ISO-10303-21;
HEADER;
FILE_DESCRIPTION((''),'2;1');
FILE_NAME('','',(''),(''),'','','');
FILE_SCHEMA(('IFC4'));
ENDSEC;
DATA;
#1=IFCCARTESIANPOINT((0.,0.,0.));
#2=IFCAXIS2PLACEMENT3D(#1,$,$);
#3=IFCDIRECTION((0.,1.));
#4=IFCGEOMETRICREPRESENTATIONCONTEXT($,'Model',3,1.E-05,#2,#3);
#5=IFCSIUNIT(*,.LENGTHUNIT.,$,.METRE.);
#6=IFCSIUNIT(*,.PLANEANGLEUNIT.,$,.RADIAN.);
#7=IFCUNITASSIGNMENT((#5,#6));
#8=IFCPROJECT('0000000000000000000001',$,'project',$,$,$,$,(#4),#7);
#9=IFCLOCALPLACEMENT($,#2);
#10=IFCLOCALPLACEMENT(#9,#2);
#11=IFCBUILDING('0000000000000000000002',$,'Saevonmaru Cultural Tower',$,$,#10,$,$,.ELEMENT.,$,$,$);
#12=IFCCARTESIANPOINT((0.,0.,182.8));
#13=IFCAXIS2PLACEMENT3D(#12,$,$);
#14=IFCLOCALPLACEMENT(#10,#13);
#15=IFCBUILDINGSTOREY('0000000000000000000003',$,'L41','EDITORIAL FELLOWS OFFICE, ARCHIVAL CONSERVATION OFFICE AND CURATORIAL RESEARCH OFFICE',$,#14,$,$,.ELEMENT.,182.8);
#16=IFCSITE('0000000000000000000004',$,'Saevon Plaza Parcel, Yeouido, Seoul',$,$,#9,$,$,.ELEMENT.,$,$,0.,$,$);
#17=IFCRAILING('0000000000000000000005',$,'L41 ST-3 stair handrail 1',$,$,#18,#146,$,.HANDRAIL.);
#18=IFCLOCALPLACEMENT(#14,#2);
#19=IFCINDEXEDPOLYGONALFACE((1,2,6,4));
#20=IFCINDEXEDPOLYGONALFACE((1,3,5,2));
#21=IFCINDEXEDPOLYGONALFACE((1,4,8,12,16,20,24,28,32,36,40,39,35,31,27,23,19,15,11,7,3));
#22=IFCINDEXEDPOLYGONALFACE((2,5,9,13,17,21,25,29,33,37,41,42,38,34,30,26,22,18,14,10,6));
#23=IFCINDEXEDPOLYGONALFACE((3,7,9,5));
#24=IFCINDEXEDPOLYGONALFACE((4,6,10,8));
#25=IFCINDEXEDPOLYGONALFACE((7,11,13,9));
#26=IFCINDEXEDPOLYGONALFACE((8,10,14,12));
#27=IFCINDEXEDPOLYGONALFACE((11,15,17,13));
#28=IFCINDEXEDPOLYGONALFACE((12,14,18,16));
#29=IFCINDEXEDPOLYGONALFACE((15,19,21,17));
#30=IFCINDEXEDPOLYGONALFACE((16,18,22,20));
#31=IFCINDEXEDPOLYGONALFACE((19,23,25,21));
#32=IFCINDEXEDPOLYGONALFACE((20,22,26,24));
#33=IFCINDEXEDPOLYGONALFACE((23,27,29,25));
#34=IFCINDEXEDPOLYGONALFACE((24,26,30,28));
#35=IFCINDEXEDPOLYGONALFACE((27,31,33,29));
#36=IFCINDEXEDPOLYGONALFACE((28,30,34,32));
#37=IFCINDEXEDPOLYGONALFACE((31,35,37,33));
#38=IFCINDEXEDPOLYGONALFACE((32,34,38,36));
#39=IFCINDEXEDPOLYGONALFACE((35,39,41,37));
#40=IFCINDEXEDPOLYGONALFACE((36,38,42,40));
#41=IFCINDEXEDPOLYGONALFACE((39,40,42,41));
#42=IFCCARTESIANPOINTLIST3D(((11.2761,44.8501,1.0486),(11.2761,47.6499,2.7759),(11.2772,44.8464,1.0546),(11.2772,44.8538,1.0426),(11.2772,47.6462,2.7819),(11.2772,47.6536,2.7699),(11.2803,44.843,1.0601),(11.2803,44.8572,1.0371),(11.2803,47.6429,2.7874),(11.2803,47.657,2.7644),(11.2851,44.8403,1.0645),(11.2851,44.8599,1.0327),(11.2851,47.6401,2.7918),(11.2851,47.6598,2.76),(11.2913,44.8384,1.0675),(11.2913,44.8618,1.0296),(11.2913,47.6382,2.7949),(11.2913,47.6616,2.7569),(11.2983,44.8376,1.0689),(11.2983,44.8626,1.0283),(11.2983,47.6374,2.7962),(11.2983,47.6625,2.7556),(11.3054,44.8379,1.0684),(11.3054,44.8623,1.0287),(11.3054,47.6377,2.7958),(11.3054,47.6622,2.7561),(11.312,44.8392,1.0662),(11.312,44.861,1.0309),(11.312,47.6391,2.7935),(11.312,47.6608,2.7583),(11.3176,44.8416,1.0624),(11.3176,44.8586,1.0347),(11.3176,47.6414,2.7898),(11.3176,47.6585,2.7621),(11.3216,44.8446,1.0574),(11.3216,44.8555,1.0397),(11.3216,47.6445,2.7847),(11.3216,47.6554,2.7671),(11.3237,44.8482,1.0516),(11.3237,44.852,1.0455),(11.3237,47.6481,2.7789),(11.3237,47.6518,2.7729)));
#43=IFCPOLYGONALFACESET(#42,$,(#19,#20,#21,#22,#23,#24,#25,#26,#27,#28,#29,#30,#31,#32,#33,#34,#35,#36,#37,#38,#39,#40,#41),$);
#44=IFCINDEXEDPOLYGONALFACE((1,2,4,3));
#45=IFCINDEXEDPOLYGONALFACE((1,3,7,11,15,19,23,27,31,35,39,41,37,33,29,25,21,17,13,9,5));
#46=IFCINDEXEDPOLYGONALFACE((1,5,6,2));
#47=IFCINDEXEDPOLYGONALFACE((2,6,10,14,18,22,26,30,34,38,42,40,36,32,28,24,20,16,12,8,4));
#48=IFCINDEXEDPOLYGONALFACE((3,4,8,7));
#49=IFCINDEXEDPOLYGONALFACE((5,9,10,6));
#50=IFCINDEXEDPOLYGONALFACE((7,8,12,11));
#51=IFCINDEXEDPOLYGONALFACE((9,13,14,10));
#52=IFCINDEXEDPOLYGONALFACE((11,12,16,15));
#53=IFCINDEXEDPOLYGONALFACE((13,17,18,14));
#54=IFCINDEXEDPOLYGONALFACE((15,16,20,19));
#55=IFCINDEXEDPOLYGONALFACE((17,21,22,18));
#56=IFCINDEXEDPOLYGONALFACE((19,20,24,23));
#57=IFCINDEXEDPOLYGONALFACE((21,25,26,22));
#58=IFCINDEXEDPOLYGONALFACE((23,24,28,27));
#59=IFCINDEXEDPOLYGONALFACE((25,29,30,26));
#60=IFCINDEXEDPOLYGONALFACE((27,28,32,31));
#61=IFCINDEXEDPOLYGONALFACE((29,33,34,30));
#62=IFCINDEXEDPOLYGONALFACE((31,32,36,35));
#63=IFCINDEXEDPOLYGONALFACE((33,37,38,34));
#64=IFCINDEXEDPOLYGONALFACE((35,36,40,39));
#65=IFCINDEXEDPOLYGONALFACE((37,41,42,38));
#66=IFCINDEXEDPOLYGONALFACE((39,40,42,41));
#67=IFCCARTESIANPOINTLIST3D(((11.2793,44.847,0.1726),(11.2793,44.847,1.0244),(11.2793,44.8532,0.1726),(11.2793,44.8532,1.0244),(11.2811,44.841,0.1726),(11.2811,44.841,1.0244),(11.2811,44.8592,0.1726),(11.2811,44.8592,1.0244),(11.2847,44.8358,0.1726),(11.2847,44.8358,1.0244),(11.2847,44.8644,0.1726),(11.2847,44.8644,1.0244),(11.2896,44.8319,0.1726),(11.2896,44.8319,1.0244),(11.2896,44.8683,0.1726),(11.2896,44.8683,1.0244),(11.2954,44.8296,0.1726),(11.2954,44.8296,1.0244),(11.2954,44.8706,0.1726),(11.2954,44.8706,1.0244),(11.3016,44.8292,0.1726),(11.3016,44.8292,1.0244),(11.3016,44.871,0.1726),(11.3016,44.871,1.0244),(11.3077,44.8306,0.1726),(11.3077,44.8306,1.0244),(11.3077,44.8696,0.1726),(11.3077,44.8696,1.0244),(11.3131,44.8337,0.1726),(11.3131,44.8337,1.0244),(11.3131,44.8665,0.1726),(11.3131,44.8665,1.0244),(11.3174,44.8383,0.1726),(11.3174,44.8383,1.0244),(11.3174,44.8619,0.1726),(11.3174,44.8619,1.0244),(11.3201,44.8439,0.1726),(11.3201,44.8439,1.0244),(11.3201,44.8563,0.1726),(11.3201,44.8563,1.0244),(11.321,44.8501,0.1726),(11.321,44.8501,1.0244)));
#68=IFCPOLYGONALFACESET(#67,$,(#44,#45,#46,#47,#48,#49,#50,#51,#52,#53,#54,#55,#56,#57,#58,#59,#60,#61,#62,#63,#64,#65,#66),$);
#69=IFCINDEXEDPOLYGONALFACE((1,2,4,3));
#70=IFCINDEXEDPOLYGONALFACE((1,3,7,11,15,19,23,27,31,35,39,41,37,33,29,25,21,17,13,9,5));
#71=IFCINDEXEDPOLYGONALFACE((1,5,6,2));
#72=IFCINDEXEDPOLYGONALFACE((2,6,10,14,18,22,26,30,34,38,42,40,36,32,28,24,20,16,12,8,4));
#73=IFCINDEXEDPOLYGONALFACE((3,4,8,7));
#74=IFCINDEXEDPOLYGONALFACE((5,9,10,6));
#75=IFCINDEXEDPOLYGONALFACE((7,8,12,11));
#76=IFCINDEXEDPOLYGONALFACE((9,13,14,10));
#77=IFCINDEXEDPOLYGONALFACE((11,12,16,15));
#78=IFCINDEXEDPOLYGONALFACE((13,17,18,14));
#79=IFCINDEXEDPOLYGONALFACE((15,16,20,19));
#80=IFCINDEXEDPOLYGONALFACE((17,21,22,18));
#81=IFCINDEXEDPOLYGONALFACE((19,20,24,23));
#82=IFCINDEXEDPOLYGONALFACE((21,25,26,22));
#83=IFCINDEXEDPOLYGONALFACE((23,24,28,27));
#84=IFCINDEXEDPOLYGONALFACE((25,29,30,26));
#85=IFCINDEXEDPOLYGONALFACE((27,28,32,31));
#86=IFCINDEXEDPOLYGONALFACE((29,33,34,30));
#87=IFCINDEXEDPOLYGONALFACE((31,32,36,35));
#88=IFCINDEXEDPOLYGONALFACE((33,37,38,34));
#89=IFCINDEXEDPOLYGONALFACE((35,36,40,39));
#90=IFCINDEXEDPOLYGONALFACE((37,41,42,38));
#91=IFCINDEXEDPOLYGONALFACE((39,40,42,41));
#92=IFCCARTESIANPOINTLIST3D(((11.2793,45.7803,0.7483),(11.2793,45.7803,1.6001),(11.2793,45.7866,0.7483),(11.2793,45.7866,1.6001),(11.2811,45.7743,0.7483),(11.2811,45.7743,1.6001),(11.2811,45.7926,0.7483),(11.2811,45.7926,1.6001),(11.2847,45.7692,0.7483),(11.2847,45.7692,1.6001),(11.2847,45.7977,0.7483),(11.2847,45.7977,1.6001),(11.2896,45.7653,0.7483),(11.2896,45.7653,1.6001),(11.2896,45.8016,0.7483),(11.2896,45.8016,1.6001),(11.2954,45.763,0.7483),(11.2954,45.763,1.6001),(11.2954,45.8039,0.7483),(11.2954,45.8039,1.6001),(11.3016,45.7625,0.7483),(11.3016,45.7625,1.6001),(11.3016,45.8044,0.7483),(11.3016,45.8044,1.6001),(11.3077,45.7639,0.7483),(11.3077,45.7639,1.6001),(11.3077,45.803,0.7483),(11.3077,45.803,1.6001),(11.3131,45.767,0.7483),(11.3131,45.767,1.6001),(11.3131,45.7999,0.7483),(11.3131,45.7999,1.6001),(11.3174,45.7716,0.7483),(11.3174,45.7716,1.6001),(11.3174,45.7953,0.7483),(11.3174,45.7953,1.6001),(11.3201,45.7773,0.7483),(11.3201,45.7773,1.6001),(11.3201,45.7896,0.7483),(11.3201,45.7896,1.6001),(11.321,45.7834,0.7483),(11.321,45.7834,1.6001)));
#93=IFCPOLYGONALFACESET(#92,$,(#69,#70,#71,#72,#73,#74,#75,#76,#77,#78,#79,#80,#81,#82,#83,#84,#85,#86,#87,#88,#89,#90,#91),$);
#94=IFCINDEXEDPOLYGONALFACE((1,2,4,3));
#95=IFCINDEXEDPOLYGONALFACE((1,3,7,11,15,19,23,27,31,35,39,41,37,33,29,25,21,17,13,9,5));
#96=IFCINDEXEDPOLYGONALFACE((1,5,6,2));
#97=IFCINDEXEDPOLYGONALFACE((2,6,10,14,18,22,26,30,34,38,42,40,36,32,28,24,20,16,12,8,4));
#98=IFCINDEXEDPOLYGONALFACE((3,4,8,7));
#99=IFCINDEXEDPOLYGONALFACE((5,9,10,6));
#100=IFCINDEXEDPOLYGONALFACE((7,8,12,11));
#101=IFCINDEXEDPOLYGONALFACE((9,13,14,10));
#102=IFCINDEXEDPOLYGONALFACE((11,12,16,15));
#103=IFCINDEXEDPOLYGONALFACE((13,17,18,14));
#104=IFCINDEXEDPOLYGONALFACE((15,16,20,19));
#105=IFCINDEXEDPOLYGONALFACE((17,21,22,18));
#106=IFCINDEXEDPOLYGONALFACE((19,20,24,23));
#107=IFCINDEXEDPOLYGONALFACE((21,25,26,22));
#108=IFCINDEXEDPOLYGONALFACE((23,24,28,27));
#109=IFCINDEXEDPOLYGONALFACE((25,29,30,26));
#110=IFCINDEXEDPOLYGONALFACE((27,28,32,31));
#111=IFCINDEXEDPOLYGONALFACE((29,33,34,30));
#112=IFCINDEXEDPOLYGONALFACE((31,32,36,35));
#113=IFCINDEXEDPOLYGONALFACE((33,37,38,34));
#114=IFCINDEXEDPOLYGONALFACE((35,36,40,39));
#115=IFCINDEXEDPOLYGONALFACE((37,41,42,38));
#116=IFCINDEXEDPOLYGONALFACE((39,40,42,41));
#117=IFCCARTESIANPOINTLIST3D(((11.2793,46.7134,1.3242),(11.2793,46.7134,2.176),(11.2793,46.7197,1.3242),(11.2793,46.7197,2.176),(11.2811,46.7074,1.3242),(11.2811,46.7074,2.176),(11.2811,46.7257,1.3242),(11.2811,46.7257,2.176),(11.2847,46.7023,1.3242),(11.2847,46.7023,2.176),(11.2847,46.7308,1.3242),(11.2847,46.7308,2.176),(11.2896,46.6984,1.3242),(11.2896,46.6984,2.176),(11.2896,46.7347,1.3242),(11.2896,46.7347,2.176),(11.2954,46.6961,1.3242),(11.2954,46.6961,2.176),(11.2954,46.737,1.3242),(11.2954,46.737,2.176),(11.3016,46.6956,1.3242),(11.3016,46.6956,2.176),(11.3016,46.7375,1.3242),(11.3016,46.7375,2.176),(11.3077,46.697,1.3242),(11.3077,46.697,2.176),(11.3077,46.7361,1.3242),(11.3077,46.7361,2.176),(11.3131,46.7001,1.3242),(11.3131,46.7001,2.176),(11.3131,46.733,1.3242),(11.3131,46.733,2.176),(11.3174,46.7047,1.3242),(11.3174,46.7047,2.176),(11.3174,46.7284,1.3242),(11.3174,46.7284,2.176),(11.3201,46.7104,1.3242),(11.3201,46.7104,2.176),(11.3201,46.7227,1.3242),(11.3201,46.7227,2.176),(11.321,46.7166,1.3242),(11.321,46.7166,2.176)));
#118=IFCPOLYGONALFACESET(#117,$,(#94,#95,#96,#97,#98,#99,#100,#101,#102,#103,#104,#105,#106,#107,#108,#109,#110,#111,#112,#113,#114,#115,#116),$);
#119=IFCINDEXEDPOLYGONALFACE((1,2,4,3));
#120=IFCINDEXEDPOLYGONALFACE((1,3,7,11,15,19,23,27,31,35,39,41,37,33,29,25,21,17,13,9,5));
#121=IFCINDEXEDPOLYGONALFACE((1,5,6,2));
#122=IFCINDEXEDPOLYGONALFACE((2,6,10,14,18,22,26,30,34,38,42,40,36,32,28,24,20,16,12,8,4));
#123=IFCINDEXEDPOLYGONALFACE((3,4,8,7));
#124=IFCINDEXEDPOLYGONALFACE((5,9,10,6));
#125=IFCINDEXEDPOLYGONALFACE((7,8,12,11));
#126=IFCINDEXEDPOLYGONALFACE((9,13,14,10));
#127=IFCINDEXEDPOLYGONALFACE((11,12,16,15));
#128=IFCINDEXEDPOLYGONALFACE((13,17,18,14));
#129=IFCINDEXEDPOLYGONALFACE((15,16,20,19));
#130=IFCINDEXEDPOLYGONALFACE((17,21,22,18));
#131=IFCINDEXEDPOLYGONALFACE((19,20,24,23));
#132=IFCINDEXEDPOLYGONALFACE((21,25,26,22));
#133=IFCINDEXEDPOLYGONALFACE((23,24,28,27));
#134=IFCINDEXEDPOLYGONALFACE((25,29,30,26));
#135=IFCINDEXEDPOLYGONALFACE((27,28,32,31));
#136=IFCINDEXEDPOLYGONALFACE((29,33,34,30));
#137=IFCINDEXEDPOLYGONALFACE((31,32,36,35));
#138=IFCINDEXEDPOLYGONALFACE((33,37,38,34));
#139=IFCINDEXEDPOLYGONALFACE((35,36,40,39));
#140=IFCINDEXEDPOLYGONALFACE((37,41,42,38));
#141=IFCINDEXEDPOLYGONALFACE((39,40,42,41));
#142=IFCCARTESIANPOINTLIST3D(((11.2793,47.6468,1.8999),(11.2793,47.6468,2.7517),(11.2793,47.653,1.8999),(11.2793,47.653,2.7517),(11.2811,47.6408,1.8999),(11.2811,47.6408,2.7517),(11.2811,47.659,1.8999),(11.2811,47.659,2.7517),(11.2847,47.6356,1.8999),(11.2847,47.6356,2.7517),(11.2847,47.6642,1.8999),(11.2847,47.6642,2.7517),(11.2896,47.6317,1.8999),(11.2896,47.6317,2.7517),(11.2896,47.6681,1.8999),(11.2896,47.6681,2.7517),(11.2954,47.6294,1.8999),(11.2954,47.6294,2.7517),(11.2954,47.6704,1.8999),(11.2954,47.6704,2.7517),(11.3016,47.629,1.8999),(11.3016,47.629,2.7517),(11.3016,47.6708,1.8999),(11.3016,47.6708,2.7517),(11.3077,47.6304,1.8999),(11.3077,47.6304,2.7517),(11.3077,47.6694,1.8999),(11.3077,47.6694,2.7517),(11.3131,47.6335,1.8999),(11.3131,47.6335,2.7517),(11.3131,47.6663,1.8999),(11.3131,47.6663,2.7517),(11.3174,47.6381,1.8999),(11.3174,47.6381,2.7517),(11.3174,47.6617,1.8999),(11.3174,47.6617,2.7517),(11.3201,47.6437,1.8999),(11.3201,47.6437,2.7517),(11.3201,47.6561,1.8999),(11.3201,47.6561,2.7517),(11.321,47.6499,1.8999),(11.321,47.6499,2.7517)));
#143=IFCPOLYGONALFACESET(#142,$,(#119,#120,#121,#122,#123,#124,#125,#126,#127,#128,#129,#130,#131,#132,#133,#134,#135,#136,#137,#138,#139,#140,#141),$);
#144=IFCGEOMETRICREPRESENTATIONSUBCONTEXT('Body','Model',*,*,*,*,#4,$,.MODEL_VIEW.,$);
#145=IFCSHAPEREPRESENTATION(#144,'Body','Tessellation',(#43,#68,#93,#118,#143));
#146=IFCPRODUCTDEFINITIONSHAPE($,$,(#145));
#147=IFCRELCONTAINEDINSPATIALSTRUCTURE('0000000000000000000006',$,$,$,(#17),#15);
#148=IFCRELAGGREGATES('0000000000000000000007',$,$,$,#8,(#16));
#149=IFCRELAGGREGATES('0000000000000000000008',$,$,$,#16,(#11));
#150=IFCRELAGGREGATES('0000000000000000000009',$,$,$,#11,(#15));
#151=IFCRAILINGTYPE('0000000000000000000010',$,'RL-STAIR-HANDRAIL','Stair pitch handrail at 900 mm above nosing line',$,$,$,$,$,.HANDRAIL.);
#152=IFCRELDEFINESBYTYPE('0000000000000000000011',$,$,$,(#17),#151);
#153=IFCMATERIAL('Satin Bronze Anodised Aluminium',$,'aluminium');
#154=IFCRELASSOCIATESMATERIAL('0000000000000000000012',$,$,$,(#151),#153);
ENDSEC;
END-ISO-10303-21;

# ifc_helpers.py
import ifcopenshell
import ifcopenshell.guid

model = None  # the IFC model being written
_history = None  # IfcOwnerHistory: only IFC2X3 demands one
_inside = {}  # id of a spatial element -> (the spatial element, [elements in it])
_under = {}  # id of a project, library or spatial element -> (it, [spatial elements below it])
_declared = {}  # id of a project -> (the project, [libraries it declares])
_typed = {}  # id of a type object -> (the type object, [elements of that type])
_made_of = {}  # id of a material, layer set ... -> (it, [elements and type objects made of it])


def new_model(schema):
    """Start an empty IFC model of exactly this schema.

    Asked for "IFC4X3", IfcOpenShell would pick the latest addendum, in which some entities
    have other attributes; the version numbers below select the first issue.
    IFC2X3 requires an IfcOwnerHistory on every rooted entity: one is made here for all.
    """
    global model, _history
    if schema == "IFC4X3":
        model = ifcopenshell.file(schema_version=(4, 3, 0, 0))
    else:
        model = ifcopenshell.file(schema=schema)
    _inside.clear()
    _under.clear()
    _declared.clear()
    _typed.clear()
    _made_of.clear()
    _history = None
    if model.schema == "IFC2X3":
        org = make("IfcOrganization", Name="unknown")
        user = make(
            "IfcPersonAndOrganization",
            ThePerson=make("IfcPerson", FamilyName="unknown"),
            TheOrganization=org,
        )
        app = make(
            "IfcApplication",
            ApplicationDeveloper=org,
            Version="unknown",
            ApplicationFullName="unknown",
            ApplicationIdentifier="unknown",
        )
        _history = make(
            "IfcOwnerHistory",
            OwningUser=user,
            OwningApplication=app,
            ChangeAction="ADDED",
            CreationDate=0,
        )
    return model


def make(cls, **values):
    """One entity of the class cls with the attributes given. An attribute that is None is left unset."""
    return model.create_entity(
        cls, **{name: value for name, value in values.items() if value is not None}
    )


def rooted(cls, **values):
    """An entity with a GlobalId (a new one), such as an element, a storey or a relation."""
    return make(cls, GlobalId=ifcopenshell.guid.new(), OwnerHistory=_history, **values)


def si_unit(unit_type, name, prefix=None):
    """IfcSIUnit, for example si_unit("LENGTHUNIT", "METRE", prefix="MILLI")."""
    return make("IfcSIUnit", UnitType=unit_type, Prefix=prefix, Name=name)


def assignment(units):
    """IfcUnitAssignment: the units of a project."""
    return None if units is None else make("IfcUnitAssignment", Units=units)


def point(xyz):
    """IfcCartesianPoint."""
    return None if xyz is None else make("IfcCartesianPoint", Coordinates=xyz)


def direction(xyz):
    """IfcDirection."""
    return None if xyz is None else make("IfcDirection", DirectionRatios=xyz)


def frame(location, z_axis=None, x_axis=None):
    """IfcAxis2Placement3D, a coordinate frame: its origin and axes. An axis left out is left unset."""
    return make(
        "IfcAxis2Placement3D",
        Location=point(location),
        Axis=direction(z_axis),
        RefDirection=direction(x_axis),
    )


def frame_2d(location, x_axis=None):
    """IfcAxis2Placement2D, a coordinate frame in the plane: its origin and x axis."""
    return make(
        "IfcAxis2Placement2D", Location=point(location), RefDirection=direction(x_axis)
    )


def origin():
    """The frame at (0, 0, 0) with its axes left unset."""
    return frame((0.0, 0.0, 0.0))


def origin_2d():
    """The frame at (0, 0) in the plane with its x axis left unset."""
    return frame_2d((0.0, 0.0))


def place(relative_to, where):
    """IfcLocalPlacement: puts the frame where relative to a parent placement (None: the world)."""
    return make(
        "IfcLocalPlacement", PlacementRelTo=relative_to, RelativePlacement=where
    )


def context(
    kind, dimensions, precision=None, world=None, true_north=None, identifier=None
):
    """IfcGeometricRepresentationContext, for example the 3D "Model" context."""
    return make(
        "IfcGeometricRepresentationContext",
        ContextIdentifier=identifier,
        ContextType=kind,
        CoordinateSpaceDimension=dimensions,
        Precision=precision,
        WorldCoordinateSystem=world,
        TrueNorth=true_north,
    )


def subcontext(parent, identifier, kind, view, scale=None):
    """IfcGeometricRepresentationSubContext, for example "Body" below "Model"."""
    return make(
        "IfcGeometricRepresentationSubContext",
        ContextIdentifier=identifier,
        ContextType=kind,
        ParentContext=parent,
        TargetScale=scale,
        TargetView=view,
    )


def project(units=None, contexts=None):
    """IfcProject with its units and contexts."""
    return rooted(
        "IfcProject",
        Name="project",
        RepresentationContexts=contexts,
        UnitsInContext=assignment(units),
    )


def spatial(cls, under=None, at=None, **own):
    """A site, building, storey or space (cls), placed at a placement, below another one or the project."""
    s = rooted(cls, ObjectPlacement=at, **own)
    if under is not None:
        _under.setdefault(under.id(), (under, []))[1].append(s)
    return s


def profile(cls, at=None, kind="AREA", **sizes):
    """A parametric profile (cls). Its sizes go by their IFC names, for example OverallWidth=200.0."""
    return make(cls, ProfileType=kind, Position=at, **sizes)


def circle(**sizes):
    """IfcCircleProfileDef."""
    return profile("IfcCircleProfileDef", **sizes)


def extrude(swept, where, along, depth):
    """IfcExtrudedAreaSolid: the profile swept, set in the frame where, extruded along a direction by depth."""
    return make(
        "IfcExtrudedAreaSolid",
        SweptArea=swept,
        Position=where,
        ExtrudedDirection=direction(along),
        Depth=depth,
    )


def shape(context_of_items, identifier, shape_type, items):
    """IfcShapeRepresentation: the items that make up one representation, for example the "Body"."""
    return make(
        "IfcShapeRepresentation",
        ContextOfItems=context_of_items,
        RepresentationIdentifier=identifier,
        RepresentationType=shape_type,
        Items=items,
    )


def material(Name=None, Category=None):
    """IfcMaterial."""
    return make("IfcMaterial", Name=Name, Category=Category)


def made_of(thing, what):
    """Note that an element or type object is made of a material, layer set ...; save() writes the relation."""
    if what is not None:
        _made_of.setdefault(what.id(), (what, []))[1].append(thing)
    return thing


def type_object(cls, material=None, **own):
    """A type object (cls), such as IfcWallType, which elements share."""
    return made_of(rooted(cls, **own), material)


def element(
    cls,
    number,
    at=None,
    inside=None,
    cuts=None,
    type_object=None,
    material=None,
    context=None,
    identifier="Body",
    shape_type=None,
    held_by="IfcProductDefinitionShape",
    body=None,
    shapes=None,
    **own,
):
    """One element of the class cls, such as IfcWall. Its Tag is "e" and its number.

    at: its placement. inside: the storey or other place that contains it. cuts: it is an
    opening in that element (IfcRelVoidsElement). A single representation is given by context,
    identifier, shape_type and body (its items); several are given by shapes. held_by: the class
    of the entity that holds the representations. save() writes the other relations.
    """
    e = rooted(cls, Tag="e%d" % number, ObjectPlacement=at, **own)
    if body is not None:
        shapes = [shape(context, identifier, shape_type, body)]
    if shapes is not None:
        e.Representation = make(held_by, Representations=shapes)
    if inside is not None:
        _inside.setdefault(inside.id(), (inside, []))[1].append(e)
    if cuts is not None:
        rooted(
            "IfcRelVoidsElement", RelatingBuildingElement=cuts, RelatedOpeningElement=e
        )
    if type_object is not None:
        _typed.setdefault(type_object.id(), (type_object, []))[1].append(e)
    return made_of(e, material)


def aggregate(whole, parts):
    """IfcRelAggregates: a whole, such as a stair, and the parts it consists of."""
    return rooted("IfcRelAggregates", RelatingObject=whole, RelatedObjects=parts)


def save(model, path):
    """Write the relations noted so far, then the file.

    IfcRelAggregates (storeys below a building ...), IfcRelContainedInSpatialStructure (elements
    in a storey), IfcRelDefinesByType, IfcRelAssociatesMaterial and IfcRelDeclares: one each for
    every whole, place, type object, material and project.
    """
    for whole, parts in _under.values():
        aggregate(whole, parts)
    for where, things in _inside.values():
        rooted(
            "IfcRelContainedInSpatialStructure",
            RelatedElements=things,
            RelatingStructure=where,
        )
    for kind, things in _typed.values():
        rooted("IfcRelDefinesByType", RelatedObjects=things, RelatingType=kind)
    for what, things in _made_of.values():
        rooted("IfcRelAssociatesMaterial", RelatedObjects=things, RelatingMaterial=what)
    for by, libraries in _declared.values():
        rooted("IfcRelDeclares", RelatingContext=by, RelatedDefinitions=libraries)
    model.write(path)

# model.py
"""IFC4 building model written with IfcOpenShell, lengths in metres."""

from ifc_helpers import new_model, si_unit, direction, frame, origin, origin_2d, place, context, subcontext, project, spatial, circle, extrude, material, type_object, element, save


model = new_model("IFC4")

# Units and contexts
model_context = context("Model", 3, precision=1e-05, world=origin(), true_north=direction((0.0, 1.0)))
body_context = subcontext(model_context, "Body", "Model", "MODEL_VIEW")
ifc_project = project(units=[si_unit("LENGTHUNIT", "METRE"), si_unit("PLANEANGLEUNIT", "RADIAN")], contexts=[model_context])

# Site, building, storey
site_placement = place(None, origin())
site = spatial("IfcSite", under=ifc_project, at=site_placement, Name="Saevon Plaza Parcel, Yeouido, Seoul", CompositionType="ELEMENT", RefElevation=0.0)
building_placement = place(site_placement, origin())
building = spatial("IfcBuilding", under=site, at=building_placement, Name="Saevonmaru Cultural Tower", CompositionType="ELEMENT")
storey_placement = place(building_placement, frame((0.0, 0.0, 182.8)))
storey = spatial("IfcBuildingStorey", under=building, at=storey_placement, Name="L41", Description="EDITORIAL FELLOWS OFFICE, ARCHIVAL CONSERVATION OFFICE AND CURATORIAL RESEARCH OFFICE", CompositionType="ELEMENT", Elevation=182.8)

# Shared definitions
ifc_material_1 = material(Name="Satin Bronze Anodised Aluminium", Category="aluminium")

# Railing
railing_type_1 = type_object("IfcRailingType", Name="RL-STAIR-HANDRAIL", Description="Stair pitch handrail at 900 mm above nosing line", PredefinedType="HANDRAIL", material=ifc_material_1)
railing_1_placement = place(storey_placement, frame((11.3, 44.8501, 0.1726)))
element("IfcRailing", 1, at=railing_1_placement, inside=storey, type_object=railing_type_1, Name="L41 ST-3 stair handrail 1", PredefinedType="HANDRAIL", context=body_context, shape_type="SweptSolid", body=[
    extrude(circle(Radius=0.0239, at=origin_2d()), frame((0.0, 0.0, 0.876), z_axis=(0.0, 0.851069, 0.525054), x_axis=(-1.0, 0.0, 0.0)), (0.0, 0.0, 1.0), 3.2898),
    extrude(circle(Radius=0.021, at=origin_2d()), origin(), (0.0, 0.0, 1.0), 0.8518),
    extrude(circle(Radius=0.021, at=origin_2d()), frame((0.0, 0.9333, 0.5757)), (0.0, 0.0, 1.0), 0.8518),
    extrude(circle(Radius=0.021, at=origin_2d()), frame((0.0, 1.8665, 1.1516)), (0.0, 0.0, 1.0), 0.8518),
    extrude(circle(Radius=0.021, at=origin_2d()), frame((0.0, 2.7998, 1.7273)), (0.0, 0.0, 1.0), 0.8518),
])

save(model, "model.ifc")
